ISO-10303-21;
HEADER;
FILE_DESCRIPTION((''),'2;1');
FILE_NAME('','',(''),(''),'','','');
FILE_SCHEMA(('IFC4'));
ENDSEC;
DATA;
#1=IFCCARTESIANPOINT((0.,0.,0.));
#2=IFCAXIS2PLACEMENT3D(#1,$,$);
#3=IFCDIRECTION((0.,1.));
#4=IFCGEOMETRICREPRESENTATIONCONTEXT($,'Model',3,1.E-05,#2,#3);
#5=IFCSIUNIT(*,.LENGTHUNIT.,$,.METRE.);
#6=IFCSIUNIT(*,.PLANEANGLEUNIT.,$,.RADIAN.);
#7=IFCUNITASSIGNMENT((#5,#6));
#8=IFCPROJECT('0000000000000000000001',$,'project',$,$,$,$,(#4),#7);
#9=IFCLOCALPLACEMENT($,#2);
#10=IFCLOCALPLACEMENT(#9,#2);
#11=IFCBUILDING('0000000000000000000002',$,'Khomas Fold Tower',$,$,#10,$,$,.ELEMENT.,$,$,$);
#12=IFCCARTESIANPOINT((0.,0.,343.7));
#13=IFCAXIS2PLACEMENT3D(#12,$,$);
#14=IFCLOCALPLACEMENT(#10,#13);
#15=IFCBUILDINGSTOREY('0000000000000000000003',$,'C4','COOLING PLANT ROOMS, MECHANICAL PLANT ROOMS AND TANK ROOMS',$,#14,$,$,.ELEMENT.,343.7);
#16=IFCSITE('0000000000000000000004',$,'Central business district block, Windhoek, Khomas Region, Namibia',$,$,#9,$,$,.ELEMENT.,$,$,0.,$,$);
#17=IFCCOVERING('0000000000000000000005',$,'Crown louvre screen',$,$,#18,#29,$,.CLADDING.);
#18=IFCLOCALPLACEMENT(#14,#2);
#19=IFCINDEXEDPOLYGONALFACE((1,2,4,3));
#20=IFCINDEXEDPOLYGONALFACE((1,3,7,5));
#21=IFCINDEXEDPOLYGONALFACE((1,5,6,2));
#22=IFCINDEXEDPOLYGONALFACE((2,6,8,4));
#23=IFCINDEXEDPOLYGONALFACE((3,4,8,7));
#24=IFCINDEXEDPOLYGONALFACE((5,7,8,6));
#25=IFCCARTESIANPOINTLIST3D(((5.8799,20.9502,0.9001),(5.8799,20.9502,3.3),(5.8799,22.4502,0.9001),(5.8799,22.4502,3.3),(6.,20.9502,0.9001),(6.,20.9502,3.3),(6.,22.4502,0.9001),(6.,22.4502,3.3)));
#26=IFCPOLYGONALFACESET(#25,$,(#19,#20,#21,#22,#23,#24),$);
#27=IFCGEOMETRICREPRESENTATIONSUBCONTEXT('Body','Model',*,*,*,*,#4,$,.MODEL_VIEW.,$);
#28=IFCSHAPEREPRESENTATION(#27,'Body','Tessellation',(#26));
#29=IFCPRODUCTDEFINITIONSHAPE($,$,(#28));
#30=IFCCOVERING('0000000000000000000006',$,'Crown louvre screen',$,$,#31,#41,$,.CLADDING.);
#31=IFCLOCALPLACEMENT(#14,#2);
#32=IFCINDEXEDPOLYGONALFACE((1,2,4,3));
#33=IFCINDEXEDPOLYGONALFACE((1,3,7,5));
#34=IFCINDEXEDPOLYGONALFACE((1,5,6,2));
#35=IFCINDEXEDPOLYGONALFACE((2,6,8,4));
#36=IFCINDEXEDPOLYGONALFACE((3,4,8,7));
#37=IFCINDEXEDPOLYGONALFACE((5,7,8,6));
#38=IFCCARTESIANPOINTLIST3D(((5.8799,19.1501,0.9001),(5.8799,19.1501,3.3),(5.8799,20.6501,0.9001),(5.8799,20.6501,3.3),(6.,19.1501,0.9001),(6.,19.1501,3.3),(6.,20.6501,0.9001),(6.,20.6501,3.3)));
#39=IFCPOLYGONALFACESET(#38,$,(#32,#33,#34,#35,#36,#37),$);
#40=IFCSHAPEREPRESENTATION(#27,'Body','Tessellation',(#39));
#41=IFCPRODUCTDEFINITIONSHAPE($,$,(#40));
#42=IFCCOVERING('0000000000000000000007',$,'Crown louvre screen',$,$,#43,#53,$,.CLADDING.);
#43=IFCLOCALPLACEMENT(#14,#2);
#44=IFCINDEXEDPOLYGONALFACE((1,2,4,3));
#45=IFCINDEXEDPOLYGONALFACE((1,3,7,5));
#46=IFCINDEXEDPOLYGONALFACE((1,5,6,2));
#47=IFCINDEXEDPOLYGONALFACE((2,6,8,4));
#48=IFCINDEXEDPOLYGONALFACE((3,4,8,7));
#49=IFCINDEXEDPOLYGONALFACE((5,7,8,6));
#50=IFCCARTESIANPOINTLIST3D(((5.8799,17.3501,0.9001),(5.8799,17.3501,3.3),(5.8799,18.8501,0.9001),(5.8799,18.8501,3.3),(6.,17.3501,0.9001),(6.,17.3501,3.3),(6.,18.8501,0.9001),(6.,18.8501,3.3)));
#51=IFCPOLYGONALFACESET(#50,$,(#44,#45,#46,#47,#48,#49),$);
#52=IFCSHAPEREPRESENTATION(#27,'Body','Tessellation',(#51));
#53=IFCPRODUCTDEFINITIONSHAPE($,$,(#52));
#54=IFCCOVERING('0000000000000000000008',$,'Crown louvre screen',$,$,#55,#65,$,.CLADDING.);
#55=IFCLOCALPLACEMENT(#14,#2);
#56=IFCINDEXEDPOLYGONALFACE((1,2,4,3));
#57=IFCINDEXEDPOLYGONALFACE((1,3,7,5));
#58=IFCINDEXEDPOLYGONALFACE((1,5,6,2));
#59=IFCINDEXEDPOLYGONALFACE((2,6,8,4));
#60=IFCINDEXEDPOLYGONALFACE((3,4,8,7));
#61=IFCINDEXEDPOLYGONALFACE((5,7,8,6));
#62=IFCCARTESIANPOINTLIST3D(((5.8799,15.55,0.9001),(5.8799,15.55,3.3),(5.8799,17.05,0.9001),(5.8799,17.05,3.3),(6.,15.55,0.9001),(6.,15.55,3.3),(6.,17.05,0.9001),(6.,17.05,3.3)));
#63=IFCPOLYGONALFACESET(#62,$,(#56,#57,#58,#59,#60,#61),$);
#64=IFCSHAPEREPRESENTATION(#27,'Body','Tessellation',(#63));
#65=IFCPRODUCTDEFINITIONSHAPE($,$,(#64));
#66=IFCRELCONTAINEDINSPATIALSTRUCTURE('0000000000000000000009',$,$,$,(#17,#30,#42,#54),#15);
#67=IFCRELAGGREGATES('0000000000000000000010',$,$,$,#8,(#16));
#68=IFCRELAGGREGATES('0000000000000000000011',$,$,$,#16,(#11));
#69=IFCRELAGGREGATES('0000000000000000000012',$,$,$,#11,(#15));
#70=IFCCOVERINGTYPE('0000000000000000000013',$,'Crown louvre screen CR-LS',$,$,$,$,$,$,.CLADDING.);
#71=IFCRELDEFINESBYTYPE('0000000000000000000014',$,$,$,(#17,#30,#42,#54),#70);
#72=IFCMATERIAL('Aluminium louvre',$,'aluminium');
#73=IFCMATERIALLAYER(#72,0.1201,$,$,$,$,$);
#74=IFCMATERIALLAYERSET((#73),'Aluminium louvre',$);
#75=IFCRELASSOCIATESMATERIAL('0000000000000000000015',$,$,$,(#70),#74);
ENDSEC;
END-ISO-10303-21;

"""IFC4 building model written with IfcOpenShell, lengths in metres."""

from ifc_helpers import new_model, si_unit, direction, frame, origin, origin_2d, place, context, subcontext, project, spatial, rectangle, extrude, source, transform, mapped, material, layer, layer_set, type_object, element, save


model = new_model("IFC4")

# Units and contexts
model_context = context("Model", 3, precision=1e-05, world=origin(), true_north=direction((0.0, 1.0)))
body_context = subcontext(model_context, "Body", "Model", "MODEL_VIEW")
ifc_project = project(units=[si_unit("LENGTHUNIT", "METRE"), si_unit("PLANEANGLEUNIT", "RADIAN")], contexts=[model_context])

# Site, building, storey
site_placement = place(None, origin())
site = spatial("IfcSite", under=ifc_project, at=site_placement, Name="Central business district block, Windhoek, Khomas Region, Namibia", CompositionType="ELEMENT", RefElevation=0.0)
building_placement = place(site_placement, origin())
building = spatial("IfcBuilding", under=site, at=building_placement, Name="Khomas Fold Tower", CompositionType="ELEMENT")
storey_placement = place(building_placement, frame((0.0, 0.0, 343.7)))
storey = spatial("IfcBuildingStorey", under=building, at=storey_placement, Name="C4", Description="COOLING PLANT ROOMS, MECHANICAL PLANT ROOMS AND TANK ROOMS", CompositionType="ELEMENT", Elevation=343.7)

# Coverings
ifc_material_1 = material(Name="Aluminium louvre", Category="aluminium")
ifc_layer_1 = layer(ifc_material_1, 0.1201)
ifc_layer_set_1 = layer_set([ifc_layer_1], Name="Aluminium louvre")
covering_type = type_object("IfcCoveringType", Name="Crown louvre screen CR-LS", PredefinedType="CLADDING", material=ifc_layer_set_1)
shared_shape_1 = source(origin(), body_context, "Body", "SweptSolid", [
    extrude(rectangle(XDim=1.5, YDim=0.1201, at=origin_2d()), origin(), (0.0, 0.0, 1.0), 2.3999),
])
for number, where, z_axis, x_axis, name in (
    (1, (5.9399, 21.7002, 0.9001), (0.0, 0.0, 1.0), (0.0, -1.0, 0.0), "Crown louvre screen"),
    (2, (5.9399, 19.9001, 0.9001), (0.0, 0.0, 1.0), (0.0, -1.0, 0.0), "Crown louvre screen"),
    (3, (5.9399, 18.1001, 0.9001), (0.0, 0.0, 1.0), (0.0, -1.0, 0.0), "Crown louvre screen"),
    (4, (5.9399, 16.3, 0.9001), (0.0, 0.0, 1.0), (0.0, -1.0, 0.0), "Crown louvre screen"),
):
    element("IfcCovering", number, at=place(storey_placement, frame(where, z_axis=z_axis, x_axis=x_axis)), inside=storey, type_object=covering_type, Name=name, PredefinedType="CLADDING", context=body_context, shape_type="MappedRepresentation", body=[
        mapped(shared_shape_1, transform((0.0, 0.0, 0.0))),
    ])

save(model, "model.ifc")
